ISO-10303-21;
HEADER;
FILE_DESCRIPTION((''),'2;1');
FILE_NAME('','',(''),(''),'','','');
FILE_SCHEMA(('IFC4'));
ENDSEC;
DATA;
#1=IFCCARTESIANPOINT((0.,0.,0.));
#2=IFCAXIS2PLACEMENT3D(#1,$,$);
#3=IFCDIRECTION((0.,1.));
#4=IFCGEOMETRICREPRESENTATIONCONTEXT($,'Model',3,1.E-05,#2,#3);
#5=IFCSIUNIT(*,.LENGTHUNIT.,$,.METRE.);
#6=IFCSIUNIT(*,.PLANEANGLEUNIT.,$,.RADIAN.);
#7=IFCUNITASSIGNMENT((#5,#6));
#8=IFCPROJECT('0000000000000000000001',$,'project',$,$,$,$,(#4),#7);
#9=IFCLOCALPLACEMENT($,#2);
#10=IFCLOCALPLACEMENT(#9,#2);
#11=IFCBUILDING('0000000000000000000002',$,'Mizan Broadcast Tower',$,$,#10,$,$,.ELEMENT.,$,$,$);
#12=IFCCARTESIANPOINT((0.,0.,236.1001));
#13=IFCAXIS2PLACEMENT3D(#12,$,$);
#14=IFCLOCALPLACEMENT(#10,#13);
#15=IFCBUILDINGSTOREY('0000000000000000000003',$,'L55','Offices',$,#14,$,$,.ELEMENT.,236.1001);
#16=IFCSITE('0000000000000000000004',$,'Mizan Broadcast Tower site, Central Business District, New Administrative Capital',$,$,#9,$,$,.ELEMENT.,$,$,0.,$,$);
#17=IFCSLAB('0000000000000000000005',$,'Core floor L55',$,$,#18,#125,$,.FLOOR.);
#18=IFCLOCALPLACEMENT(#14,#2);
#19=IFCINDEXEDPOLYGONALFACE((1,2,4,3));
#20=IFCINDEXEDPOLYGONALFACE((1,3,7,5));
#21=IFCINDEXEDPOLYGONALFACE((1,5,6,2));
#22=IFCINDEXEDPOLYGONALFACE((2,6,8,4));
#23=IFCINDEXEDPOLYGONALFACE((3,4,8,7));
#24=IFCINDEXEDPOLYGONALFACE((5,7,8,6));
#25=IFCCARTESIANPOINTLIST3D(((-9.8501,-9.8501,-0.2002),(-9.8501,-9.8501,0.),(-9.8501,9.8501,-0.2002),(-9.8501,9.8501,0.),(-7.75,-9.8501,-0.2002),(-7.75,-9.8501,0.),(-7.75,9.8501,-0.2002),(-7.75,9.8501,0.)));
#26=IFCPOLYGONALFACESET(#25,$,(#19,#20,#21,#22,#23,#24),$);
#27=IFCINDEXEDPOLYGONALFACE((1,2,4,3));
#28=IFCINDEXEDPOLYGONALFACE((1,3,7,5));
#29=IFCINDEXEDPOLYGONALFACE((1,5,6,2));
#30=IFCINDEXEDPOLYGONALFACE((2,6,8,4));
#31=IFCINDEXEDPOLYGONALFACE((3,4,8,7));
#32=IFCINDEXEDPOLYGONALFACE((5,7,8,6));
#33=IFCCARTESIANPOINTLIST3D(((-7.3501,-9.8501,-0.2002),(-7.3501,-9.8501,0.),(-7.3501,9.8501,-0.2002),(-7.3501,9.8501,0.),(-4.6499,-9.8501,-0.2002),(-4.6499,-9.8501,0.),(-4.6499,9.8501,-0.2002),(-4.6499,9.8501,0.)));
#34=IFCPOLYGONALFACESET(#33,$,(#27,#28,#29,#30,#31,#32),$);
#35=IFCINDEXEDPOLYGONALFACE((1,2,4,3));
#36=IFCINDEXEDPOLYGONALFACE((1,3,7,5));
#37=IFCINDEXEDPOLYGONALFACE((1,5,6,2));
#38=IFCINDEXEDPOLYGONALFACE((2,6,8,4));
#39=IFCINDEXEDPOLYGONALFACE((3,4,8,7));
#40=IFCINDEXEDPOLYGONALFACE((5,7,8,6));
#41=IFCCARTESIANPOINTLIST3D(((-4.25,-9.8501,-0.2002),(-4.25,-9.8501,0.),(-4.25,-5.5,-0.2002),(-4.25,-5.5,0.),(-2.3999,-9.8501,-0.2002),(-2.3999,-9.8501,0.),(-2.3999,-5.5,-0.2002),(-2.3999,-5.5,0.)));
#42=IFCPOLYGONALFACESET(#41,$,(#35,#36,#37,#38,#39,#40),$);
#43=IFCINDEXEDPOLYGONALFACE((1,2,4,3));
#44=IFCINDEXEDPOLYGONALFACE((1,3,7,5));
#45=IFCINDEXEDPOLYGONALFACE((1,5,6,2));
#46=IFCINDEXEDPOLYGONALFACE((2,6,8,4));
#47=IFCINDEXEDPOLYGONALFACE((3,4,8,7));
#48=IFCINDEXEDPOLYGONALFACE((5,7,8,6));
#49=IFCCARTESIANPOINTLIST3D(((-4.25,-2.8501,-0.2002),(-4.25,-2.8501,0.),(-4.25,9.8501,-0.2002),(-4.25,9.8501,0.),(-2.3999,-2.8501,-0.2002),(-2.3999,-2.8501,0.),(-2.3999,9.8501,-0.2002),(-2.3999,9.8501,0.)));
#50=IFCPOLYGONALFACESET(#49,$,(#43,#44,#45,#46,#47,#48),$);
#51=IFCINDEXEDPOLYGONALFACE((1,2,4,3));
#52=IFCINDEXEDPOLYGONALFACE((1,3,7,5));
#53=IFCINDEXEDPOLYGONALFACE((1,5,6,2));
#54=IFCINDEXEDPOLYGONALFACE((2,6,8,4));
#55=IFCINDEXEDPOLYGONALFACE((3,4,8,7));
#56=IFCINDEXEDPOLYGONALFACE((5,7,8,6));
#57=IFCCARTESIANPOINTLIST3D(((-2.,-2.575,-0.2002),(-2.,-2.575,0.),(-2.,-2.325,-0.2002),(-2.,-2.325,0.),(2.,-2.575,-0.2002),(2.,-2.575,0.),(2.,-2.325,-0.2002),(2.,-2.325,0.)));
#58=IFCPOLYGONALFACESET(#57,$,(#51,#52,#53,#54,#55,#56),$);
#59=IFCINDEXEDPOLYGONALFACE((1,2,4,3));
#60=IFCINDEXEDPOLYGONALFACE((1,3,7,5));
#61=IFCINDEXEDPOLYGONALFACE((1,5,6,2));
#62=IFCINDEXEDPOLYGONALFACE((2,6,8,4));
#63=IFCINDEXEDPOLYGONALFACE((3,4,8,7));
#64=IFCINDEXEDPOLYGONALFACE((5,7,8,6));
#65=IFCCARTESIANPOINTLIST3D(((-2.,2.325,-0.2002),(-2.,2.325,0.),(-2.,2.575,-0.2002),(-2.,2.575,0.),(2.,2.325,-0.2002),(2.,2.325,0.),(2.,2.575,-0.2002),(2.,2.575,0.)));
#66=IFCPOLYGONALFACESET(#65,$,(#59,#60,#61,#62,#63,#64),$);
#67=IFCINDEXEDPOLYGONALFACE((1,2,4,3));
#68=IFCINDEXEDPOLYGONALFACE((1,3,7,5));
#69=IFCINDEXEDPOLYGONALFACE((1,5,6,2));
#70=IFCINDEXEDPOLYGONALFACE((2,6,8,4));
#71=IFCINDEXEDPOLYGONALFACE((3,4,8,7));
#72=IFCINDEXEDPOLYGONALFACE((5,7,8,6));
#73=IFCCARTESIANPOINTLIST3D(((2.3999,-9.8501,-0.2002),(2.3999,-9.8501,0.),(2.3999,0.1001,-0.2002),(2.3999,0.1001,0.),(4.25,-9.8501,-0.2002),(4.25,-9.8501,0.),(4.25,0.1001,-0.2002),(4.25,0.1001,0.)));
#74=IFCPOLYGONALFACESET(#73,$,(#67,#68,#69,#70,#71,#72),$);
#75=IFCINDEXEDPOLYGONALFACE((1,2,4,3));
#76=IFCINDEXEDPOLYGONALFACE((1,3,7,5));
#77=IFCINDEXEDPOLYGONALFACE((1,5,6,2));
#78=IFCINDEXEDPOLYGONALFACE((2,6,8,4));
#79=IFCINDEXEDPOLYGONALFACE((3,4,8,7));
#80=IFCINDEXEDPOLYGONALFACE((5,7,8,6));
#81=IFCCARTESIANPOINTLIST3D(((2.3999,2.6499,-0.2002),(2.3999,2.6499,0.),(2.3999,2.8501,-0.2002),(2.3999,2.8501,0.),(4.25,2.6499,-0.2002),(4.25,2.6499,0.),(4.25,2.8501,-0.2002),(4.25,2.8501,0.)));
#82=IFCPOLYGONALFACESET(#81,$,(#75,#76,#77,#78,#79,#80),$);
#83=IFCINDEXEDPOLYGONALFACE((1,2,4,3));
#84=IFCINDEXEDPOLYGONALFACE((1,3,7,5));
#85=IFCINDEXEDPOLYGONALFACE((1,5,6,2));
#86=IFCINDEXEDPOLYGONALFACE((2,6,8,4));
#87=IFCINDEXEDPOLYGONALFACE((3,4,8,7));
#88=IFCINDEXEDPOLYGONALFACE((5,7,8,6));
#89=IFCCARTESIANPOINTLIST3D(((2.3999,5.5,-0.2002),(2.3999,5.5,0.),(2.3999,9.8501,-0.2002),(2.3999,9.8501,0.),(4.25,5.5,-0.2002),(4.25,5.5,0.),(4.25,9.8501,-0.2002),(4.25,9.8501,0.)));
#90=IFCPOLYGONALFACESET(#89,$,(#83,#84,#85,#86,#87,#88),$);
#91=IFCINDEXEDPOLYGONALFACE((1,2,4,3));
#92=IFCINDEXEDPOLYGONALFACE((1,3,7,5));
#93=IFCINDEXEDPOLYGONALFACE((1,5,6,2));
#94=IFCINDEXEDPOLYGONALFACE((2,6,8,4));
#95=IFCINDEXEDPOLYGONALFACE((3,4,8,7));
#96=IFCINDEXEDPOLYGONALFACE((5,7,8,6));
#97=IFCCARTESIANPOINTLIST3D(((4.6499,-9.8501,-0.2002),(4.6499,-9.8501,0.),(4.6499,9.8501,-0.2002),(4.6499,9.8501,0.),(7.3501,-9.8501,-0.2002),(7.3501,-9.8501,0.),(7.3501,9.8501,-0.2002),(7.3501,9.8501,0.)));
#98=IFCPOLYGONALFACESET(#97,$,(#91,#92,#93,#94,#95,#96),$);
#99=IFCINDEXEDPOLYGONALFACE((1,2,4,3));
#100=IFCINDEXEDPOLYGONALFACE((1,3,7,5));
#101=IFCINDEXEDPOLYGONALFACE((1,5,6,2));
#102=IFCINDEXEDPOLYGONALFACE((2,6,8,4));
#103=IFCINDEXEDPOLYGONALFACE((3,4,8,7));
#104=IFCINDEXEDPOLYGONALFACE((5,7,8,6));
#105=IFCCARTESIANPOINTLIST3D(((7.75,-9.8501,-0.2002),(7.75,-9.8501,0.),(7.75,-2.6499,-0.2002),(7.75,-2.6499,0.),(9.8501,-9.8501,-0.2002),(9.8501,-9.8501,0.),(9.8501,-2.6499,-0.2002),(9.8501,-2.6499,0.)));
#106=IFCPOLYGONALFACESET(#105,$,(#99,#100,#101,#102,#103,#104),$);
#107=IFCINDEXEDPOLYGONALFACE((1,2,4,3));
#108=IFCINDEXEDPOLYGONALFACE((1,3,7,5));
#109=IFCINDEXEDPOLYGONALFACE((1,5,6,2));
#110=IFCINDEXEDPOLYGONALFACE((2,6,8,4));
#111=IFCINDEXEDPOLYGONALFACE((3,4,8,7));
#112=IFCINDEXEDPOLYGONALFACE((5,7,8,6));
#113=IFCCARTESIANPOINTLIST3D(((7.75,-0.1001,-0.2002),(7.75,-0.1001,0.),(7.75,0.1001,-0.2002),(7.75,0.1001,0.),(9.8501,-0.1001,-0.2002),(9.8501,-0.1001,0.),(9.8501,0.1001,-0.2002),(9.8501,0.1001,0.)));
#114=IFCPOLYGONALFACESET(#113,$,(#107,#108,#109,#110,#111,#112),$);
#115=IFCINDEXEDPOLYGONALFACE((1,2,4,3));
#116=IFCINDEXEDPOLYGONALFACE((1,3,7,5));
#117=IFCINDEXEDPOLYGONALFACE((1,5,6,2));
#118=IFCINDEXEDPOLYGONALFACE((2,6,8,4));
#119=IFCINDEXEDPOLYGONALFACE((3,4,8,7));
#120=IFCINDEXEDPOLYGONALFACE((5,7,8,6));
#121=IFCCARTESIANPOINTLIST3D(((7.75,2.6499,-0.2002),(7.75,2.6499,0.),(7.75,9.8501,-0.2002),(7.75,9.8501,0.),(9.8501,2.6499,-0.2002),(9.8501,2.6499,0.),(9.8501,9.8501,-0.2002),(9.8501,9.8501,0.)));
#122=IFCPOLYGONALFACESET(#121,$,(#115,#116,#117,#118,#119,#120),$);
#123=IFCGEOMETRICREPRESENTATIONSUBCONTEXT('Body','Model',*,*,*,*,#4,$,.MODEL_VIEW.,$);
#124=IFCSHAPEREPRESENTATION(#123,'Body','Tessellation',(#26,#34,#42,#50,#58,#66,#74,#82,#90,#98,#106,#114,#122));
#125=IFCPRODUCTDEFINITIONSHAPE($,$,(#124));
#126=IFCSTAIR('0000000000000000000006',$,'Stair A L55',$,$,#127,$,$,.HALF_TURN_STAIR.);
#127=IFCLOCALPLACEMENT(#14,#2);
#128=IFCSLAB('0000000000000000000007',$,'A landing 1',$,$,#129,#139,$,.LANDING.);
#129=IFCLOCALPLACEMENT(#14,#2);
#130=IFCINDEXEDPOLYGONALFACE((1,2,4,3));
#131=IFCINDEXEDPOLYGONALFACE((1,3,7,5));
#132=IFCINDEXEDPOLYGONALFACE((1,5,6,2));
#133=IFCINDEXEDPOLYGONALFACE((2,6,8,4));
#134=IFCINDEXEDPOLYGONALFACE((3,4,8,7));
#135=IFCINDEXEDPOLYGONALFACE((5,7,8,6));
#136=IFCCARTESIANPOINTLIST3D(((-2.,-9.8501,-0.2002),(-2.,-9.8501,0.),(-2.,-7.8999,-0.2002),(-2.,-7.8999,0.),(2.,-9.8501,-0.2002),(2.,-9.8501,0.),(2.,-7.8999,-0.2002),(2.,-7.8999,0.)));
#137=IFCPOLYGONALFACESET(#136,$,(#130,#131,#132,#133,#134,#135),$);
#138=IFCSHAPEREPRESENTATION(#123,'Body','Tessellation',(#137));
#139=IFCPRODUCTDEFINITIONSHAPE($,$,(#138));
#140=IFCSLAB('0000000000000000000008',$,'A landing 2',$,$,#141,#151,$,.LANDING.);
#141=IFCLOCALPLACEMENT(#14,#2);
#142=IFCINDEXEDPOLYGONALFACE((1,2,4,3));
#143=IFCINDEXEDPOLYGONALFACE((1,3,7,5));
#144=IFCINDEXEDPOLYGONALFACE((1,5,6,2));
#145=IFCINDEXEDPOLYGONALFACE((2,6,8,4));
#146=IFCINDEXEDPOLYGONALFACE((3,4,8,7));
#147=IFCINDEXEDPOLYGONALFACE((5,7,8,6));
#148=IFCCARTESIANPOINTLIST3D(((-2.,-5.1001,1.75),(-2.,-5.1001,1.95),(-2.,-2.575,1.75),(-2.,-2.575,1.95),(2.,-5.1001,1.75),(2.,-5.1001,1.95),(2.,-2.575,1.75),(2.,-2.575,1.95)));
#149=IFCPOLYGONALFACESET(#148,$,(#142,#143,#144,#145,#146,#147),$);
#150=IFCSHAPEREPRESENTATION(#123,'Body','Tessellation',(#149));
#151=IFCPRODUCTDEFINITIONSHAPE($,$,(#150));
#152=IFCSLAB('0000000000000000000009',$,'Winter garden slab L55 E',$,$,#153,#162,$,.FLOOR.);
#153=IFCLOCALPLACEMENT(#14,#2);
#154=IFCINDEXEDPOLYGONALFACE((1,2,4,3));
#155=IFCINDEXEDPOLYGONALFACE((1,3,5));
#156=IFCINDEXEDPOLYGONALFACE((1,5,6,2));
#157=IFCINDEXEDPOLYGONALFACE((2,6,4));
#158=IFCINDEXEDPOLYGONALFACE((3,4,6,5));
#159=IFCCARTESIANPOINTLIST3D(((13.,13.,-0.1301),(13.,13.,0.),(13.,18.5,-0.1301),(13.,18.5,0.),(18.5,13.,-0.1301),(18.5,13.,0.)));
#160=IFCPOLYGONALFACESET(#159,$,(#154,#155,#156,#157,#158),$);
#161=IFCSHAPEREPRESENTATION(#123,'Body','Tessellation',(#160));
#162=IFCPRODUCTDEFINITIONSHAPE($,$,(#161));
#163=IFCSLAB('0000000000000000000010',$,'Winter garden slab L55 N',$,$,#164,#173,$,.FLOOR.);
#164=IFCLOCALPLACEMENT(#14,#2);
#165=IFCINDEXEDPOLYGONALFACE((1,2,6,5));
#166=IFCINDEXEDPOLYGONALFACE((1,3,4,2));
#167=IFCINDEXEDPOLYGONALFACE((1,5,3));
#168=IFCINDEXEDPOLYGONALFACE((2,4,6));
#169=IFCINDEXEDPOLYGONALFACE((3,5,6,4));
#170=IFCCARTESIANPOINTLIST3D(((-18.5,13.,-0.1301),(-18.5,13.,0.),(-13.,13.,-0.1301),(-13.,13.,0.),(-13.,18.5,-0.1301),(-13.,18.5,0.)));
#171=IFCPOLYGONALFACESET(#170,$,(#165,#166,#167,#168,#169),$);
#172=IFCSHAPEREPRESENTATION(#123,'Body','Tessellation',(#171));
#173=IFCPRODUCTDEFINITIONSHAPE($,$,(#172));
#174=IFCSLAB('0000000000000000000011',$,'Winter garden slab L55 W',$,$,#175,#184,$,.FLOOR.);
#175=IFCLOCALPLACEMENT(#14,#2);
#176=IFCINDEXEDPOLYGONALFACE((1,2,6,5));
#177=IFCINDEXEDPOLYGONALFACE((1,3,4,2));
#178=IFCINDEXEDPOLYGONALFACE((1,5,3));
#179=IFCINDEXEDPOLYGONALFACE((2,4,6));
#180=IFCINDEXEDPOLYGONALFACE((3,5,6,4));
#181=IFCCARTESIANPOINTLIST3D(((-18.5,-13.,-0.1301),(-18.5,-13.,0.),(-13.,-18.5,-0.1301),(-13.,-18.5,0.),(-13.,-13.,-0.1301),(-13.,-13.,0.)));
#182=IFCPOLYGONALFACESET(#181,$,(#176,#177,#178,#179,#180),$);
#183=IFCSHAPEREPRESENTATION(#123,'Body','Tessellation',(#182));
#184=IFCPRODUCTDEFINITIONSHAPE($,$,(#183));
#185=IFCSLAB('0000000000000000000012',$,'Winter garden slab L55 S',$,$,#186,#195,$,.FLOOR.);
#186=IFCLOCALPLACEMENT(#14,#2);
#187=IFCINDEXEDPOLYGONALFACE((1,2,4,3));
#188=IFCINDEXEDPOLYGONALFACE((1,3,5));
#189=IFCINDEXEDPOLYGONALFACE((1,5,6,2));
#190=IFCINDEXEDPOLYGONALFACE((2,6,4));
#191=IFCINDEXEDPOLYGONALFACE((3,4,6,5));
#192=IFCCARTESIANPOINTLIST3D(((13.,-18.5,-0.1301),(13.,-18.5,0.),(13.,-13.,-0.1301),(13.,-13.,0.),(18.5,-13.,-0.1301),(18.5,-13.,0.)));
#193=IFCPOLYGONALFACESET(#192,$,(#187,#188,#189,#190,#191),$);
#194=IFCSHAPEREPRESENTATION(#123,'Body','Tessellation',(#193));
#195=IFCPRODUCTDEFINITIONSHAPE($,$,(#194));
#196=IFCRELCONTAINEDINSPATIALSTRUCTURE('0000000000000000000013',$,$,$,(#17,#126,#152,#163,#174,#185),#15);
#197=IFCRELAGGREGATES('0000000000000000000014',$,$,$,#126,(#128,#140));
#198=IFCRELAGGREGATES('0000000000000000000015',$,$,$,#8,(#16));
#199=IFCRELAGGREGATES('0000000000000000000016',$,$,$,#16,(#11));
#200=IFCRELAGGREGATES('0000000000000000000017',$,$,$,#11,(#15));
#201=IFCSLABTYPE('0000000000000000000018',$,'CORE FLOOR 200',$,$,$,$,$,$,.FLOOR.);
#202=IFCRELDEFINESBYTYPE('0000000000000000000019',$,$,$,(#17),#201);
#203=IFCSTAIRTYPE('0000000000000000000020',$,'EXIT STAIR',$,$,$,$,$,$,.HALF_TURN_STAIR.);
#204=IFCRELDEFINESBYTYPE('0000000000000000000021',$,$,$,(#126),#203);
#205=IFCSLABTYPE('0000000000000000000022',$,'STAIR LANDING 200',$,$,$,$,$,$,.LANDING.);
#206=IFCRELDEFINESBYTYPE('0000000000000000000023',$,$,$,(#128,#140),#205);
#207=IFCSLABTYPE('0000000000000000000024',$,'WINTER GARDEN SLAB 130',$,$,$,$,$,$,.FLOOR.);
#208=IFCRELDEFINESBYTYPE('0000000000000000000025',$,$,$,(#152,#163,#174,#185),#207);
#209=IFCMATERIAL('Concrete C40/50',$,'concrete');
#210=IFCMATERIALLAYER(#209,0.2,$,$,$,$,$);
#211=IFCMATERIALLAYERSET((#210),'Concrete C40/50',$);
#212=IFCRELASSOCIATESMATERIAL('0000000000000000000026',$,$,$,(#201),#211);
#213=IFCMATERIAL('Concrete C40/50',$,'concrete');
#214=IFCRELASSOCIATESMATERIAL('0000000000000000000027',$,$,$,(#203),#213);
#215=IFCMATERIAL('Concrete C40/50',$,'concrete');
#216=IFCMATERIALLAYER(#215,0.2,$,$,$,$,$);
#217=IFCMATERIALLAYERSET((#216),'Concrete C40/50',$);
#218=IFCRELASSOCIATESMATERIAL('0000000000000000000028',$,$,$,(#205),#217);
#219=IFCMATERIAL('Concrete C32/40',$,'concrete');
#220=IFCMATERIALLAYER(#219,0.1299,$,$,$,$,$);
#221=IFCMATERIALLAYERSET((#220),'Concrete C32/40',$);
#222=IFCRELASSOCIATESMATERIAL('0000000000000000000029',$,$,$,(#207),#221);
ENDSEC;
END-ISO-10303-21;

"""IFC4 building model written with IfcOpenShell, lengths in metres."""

from ifc_helpers import new_model, si_unit, direction, frame, origin, place, context, subcontext, project, spatial, polyline, outline, extrude, material, layer, layer_set, type_object, element, aggregate, save


model = new_model("IFC4")

# Units and contexts
model_context = context("Model", 3, precision=1e-05, world=origin(), true_north=direction((0.0, 1.0)))
body_context = subcontext(model_context, "Body", "Model", "MODEL_VIEW")
ifc_project = project(units=[si_unit("LENGTHUNIT", "METRE"), si_unit("PLANEANGLEUNIT", "RADIAN")], contexts=[model_context])

# Site, building, storey
site_placement = place(None, origin())
site = spatial("IfcSite", under=ifc_project, at=site_placement, Name="Mizan Broadcast Tower site, Central Business District, New Administrative Capital", CompositionType="ELEMENT", RefElevation=0.0)
building_placement = place(site_placement, origin())
building = spatial("IfcBuilding", under=site, at=building_placement, Name="Mizan Broadcast Tower", CompositionType="ELEMENT")
storey_placement = place(building_placement, frame((0.0, 0.0, 236.1001)))
storey = spatial("IfcBuildingStorey", under=building, at=storey_placement, Name="L55", Description="Offices", CompositionType="ELEMENT", Elevation=236.1001)

# Slab
ifc_material_1 = material(Name="Concrete C40/50", Category="concrete")
ifc_layer_1 = layer(ifc_material_1, 0.2)
ifc_layer_set_1 = layer_set([ifc_layer_1], Name="Concrete C40/50")
slab_type_1 = type_object("IfcSlabType", Name="CORE FLOOR 200", PredefinedType="FLOOR", material=ifc_layer_set_1)
slab_1_placement = place(storey_placement, frame((0.0, 0.0, -0.2002)))
element("IfcSlab", 1, at=slab_1_placement, inside=storey, type_object=slab_type_1, Name="Core floor L55", PredefinedType="FLOOR", context=body_context, shape_type="SweptSolid", body=[
    extrude(outline(polyline([(-9.8501, -9.8501), (-7.75, -9.8501), (-7.75, 9.8501), (-9.8501, 9.8501), (-9.8501, -9.8501)])), origin(), (0.0, 0.0, 1.0), 0.2002),
    extrude(outline(polyline([(-4.6499, 9.8501), (-7.3501, 9.8501), (-7.3501, -9.8501), (-4.6499, -9.8501), (-4.6499, 9.8501)])), origin(), (0.0, 0.0, 1.0), 0.2002),
    extrude(outline(polyline([(-4.25, -5.5), (-4.25, -9.8501), (-2.3999, -9.8501), (-2.3999, -5.5), (-4.25, -5.5)])), origin(), (0.0, 0.0, 1.0), 0.2002),
    extrude(outline(polyline([(-4.25, -2.8501), (-2.3999, -2.8501), (-2.3999, 9.8501), (-4.25, 9.8501), (-4.25, -2.8501)])), origin(), (0.0, 0.0, 1.0), 0.2002),
    extrude(outline(polyline([(2.0, -2.325), (-2.0, -2.325), (-2.0, -2.575), (2.0, -2.575), (2.0, -2.325)])), origin(), (0.0, 0.0, 1.0), 0.2002),
    extrude(outline(polyline([(2.0, 2.575), (-2.0, 2.575), (-2.0, 2.325), (2.0, 2.325), (2.0, 2.575)])), origin(), (0.0, 0.0, 1.0), 0.2002),
    extrude(outline(polyline([(4.25, -9.8501), (4.25, 0.1001), (2.3999, 0.1001), (2.3999, -9.8501), (4.25, -9.8501)])), origin(), (0.0, 0.0, 1.0), 0.2002),
    extrude(outline(polyline([(4.25, 2.6499), (4.25, 2.8501), (2.3999, 2.8501), (2.3999, 2.6499), (4.25, 2.6499)])), origin(), (0.0, 0.0, 1.0), 0.2002),
    extrude(outline(polyline([(4.25, 5.5), (4.25, 9.8501), (2.3999, 9.8501), (2.3999, 5.5), (4.25, 5.5)])), origin(), (0.0, 0.0, 1.0), 0.2002),
    extrude(outline(polyline([(4.6499, 9.8501), (4.6499, -9.8501), (7.3501, -9.8501), (7.3501, 9.8501), (4.6499, 9.8501)])), origin(), (0.0, 0.0, 1.0), 0.2002),
    extrude(outline(polyline([(9.8501, -9.8501), (9.8501, -2.6499), (7.75, -2.6499), (7.75, -9.8501), (9.8501, -9.8501)])), origin(), (0.0, 0.0, 1.0), 0.2002),
    extrude(outline(polyline([(9.8501, -0.1001), (9.8501, 0.1001), (7.75, 0.1001), (7.75, -0.1001), (9.8501, -0.1001)])), origin(), (0.0, 0.0, 1.0), 0.2002),
    extrude(outline(polyline([(7.75, 9.8501), (7.75, 2.6499), (9.8501, 2.6499), (9.8501, 9.8501), (7.75, 9.8501)])), origin(), (0.0, 0.0, 1.0), 0.2002),
])

# Stair, slabs
ifc_material_2 = material(Name="Concrete C40/50", Category="concrete")
stair_type = type_object("IfcStairType", Name="EXIT STAIR", PredefinedType="HALF_TURN_STAIR", material=ifc_material_2)
stair_placement = place(storey_placement, origin())
stair = element("IfcStair", 2, at=stair_placement, inside=storey, type_object=stair_type, Name="Stair A L55", PredefinedType="HALF_TURN_STAIR")
ifc_material_3 = material(Name="Concrete C40/50", Category="concrete")
ifc_layer_2 = layer(ifc_material_3, 0.2)
ifc_layer_set_2 = layer_set([ifc_layer_2], Name="Concrete C40/50")
slab_type_2 = type_object("IfcSlabType", Name="STAIR LANDING 200", PredefinedType="LANDING", material=ifc_layer_set_2)
slab_2_placement = place(storey_placement, frame((0.0, 0.0, -0.2002)))
slab_2 = element("IfcSlab", 3, at=slab_2_placement, type_object=slab_type_2, Name="A landing 1", PredefinedType="LANDING", context=body_context, shape_type="SweptSolid", body=[
    extrude(outline(polyline([(-2.0, -9.8501), (-2.0, -7.8999), (2.0, -7.8999), (2.0, -9.8501), (-2.0, -9.8501)])), origin(), (0.0, 0.0, 1.0), 0.2002),
])
slab_3_placement = place(storey_placement, frame((0.0, 0.0, 1.75)))
slab_3 = element("IfcSlab", 4, at=slab_3_placement, type_object=slab_type_2, Name="A landing 2", PredefinedType="LANDING", context=body_context, shape_type="SweptSolid", body=[
    extrude(outline(polyline([(-2.0, -5.1001), (-2.0, -2.575), (2.0, -2.575), (2.0, -5.1001), (-2.0, -5.1001)])), origin(), (0.0, 0.0, 1.0), 0.2),
])

# Slabs
ifc_material_4 = material(Name="Concrete C32/40", Category="concrete")
ifc_layer_3 = layer(ifc_material_4, 0.1299)
ifc_layer_set_3 = layer_set([ifc_layer_3], Name="Concrete C32/40")
slab_type_3 = type_object("IfcSlabType", Name="WINTER GARDEN SLAB 130", PredefinedType="FLOOR", material=ifc_layer_set_3)
slab_4_placement = place(storey_placement, frame((0.0, 0.0, -0.1301)))
element("IfcSlab", 5, at=slab_4_placement, inside=storey, type_object=slab_type_3, Name="Winter garden slab L55 E", PredefinedType="FLOOR", context=body_context, shape_type="SweptSolid", body=[
    extrude(outline(polyline([(13.0, 13.0), (18.5, 13.0), (13.0, 18.5), (13.0, 13.0)])), origin(), (0.0, 0.0, 1.0), 0.1301),
])
slab_5_placement = place(storey_placement, frame((0.0, 0.0, -0.1301)))
element("IfcSlab", 6, at=slab_5_placement, inside=storey, type_object=slab_type_3, Name="Winter garden slab L55 N", PredefinedType="FLOOR", context=body_context, shape_type="SweptSolid", body=[
    extrude(outline(polyline([(-13.0, 13.0), (-13.0, 18.5), (-18.5, 13.0), (-13.0, 13.0)])), origin(), (0.0, 0.0, 1.0), 0.1301),
])
slab_6_placement = place(storey_placement, frame((0.0, 0.0, -0.1301)))
element("IfcSlab", 7, at=slab_6_placement, inside=storey, type_object=slab_type_3, Name="Winter garden slab L55 W", PredefinedType="FLOOR", context=body_context, shape_type="SweptSolid", body=[
    extrude(outline(polyline([(-13.0, -13.0), (-18.5, -13.0), (-13.0, -18.5), (-13.0, -13.0)])), origin(), (0.0, 0.0, 1.0), 0.1301),
])
slab_7_placement = place(storey_placement, frame((0.0, 0.0, -0.1301)))
element("IfcSlab", 8, at=slab_7_placement, inside=storey, type_object=slab_type_3, Name="Winter garden slab L55 S", PredefinedType="FLOOR", context=body_context, shape_type="SweptSolid", body=[
    extrude(outline(polyline([(13.0, -13.0), (13.0, -18.5), (18.5, -13.0), (13.0, -13.0)])), origin(), (0.0, 0.0, 1.0), 0.1301),
])

aggregate(stair, [slab_2, slab_3])

save(model, "model.ifc")
